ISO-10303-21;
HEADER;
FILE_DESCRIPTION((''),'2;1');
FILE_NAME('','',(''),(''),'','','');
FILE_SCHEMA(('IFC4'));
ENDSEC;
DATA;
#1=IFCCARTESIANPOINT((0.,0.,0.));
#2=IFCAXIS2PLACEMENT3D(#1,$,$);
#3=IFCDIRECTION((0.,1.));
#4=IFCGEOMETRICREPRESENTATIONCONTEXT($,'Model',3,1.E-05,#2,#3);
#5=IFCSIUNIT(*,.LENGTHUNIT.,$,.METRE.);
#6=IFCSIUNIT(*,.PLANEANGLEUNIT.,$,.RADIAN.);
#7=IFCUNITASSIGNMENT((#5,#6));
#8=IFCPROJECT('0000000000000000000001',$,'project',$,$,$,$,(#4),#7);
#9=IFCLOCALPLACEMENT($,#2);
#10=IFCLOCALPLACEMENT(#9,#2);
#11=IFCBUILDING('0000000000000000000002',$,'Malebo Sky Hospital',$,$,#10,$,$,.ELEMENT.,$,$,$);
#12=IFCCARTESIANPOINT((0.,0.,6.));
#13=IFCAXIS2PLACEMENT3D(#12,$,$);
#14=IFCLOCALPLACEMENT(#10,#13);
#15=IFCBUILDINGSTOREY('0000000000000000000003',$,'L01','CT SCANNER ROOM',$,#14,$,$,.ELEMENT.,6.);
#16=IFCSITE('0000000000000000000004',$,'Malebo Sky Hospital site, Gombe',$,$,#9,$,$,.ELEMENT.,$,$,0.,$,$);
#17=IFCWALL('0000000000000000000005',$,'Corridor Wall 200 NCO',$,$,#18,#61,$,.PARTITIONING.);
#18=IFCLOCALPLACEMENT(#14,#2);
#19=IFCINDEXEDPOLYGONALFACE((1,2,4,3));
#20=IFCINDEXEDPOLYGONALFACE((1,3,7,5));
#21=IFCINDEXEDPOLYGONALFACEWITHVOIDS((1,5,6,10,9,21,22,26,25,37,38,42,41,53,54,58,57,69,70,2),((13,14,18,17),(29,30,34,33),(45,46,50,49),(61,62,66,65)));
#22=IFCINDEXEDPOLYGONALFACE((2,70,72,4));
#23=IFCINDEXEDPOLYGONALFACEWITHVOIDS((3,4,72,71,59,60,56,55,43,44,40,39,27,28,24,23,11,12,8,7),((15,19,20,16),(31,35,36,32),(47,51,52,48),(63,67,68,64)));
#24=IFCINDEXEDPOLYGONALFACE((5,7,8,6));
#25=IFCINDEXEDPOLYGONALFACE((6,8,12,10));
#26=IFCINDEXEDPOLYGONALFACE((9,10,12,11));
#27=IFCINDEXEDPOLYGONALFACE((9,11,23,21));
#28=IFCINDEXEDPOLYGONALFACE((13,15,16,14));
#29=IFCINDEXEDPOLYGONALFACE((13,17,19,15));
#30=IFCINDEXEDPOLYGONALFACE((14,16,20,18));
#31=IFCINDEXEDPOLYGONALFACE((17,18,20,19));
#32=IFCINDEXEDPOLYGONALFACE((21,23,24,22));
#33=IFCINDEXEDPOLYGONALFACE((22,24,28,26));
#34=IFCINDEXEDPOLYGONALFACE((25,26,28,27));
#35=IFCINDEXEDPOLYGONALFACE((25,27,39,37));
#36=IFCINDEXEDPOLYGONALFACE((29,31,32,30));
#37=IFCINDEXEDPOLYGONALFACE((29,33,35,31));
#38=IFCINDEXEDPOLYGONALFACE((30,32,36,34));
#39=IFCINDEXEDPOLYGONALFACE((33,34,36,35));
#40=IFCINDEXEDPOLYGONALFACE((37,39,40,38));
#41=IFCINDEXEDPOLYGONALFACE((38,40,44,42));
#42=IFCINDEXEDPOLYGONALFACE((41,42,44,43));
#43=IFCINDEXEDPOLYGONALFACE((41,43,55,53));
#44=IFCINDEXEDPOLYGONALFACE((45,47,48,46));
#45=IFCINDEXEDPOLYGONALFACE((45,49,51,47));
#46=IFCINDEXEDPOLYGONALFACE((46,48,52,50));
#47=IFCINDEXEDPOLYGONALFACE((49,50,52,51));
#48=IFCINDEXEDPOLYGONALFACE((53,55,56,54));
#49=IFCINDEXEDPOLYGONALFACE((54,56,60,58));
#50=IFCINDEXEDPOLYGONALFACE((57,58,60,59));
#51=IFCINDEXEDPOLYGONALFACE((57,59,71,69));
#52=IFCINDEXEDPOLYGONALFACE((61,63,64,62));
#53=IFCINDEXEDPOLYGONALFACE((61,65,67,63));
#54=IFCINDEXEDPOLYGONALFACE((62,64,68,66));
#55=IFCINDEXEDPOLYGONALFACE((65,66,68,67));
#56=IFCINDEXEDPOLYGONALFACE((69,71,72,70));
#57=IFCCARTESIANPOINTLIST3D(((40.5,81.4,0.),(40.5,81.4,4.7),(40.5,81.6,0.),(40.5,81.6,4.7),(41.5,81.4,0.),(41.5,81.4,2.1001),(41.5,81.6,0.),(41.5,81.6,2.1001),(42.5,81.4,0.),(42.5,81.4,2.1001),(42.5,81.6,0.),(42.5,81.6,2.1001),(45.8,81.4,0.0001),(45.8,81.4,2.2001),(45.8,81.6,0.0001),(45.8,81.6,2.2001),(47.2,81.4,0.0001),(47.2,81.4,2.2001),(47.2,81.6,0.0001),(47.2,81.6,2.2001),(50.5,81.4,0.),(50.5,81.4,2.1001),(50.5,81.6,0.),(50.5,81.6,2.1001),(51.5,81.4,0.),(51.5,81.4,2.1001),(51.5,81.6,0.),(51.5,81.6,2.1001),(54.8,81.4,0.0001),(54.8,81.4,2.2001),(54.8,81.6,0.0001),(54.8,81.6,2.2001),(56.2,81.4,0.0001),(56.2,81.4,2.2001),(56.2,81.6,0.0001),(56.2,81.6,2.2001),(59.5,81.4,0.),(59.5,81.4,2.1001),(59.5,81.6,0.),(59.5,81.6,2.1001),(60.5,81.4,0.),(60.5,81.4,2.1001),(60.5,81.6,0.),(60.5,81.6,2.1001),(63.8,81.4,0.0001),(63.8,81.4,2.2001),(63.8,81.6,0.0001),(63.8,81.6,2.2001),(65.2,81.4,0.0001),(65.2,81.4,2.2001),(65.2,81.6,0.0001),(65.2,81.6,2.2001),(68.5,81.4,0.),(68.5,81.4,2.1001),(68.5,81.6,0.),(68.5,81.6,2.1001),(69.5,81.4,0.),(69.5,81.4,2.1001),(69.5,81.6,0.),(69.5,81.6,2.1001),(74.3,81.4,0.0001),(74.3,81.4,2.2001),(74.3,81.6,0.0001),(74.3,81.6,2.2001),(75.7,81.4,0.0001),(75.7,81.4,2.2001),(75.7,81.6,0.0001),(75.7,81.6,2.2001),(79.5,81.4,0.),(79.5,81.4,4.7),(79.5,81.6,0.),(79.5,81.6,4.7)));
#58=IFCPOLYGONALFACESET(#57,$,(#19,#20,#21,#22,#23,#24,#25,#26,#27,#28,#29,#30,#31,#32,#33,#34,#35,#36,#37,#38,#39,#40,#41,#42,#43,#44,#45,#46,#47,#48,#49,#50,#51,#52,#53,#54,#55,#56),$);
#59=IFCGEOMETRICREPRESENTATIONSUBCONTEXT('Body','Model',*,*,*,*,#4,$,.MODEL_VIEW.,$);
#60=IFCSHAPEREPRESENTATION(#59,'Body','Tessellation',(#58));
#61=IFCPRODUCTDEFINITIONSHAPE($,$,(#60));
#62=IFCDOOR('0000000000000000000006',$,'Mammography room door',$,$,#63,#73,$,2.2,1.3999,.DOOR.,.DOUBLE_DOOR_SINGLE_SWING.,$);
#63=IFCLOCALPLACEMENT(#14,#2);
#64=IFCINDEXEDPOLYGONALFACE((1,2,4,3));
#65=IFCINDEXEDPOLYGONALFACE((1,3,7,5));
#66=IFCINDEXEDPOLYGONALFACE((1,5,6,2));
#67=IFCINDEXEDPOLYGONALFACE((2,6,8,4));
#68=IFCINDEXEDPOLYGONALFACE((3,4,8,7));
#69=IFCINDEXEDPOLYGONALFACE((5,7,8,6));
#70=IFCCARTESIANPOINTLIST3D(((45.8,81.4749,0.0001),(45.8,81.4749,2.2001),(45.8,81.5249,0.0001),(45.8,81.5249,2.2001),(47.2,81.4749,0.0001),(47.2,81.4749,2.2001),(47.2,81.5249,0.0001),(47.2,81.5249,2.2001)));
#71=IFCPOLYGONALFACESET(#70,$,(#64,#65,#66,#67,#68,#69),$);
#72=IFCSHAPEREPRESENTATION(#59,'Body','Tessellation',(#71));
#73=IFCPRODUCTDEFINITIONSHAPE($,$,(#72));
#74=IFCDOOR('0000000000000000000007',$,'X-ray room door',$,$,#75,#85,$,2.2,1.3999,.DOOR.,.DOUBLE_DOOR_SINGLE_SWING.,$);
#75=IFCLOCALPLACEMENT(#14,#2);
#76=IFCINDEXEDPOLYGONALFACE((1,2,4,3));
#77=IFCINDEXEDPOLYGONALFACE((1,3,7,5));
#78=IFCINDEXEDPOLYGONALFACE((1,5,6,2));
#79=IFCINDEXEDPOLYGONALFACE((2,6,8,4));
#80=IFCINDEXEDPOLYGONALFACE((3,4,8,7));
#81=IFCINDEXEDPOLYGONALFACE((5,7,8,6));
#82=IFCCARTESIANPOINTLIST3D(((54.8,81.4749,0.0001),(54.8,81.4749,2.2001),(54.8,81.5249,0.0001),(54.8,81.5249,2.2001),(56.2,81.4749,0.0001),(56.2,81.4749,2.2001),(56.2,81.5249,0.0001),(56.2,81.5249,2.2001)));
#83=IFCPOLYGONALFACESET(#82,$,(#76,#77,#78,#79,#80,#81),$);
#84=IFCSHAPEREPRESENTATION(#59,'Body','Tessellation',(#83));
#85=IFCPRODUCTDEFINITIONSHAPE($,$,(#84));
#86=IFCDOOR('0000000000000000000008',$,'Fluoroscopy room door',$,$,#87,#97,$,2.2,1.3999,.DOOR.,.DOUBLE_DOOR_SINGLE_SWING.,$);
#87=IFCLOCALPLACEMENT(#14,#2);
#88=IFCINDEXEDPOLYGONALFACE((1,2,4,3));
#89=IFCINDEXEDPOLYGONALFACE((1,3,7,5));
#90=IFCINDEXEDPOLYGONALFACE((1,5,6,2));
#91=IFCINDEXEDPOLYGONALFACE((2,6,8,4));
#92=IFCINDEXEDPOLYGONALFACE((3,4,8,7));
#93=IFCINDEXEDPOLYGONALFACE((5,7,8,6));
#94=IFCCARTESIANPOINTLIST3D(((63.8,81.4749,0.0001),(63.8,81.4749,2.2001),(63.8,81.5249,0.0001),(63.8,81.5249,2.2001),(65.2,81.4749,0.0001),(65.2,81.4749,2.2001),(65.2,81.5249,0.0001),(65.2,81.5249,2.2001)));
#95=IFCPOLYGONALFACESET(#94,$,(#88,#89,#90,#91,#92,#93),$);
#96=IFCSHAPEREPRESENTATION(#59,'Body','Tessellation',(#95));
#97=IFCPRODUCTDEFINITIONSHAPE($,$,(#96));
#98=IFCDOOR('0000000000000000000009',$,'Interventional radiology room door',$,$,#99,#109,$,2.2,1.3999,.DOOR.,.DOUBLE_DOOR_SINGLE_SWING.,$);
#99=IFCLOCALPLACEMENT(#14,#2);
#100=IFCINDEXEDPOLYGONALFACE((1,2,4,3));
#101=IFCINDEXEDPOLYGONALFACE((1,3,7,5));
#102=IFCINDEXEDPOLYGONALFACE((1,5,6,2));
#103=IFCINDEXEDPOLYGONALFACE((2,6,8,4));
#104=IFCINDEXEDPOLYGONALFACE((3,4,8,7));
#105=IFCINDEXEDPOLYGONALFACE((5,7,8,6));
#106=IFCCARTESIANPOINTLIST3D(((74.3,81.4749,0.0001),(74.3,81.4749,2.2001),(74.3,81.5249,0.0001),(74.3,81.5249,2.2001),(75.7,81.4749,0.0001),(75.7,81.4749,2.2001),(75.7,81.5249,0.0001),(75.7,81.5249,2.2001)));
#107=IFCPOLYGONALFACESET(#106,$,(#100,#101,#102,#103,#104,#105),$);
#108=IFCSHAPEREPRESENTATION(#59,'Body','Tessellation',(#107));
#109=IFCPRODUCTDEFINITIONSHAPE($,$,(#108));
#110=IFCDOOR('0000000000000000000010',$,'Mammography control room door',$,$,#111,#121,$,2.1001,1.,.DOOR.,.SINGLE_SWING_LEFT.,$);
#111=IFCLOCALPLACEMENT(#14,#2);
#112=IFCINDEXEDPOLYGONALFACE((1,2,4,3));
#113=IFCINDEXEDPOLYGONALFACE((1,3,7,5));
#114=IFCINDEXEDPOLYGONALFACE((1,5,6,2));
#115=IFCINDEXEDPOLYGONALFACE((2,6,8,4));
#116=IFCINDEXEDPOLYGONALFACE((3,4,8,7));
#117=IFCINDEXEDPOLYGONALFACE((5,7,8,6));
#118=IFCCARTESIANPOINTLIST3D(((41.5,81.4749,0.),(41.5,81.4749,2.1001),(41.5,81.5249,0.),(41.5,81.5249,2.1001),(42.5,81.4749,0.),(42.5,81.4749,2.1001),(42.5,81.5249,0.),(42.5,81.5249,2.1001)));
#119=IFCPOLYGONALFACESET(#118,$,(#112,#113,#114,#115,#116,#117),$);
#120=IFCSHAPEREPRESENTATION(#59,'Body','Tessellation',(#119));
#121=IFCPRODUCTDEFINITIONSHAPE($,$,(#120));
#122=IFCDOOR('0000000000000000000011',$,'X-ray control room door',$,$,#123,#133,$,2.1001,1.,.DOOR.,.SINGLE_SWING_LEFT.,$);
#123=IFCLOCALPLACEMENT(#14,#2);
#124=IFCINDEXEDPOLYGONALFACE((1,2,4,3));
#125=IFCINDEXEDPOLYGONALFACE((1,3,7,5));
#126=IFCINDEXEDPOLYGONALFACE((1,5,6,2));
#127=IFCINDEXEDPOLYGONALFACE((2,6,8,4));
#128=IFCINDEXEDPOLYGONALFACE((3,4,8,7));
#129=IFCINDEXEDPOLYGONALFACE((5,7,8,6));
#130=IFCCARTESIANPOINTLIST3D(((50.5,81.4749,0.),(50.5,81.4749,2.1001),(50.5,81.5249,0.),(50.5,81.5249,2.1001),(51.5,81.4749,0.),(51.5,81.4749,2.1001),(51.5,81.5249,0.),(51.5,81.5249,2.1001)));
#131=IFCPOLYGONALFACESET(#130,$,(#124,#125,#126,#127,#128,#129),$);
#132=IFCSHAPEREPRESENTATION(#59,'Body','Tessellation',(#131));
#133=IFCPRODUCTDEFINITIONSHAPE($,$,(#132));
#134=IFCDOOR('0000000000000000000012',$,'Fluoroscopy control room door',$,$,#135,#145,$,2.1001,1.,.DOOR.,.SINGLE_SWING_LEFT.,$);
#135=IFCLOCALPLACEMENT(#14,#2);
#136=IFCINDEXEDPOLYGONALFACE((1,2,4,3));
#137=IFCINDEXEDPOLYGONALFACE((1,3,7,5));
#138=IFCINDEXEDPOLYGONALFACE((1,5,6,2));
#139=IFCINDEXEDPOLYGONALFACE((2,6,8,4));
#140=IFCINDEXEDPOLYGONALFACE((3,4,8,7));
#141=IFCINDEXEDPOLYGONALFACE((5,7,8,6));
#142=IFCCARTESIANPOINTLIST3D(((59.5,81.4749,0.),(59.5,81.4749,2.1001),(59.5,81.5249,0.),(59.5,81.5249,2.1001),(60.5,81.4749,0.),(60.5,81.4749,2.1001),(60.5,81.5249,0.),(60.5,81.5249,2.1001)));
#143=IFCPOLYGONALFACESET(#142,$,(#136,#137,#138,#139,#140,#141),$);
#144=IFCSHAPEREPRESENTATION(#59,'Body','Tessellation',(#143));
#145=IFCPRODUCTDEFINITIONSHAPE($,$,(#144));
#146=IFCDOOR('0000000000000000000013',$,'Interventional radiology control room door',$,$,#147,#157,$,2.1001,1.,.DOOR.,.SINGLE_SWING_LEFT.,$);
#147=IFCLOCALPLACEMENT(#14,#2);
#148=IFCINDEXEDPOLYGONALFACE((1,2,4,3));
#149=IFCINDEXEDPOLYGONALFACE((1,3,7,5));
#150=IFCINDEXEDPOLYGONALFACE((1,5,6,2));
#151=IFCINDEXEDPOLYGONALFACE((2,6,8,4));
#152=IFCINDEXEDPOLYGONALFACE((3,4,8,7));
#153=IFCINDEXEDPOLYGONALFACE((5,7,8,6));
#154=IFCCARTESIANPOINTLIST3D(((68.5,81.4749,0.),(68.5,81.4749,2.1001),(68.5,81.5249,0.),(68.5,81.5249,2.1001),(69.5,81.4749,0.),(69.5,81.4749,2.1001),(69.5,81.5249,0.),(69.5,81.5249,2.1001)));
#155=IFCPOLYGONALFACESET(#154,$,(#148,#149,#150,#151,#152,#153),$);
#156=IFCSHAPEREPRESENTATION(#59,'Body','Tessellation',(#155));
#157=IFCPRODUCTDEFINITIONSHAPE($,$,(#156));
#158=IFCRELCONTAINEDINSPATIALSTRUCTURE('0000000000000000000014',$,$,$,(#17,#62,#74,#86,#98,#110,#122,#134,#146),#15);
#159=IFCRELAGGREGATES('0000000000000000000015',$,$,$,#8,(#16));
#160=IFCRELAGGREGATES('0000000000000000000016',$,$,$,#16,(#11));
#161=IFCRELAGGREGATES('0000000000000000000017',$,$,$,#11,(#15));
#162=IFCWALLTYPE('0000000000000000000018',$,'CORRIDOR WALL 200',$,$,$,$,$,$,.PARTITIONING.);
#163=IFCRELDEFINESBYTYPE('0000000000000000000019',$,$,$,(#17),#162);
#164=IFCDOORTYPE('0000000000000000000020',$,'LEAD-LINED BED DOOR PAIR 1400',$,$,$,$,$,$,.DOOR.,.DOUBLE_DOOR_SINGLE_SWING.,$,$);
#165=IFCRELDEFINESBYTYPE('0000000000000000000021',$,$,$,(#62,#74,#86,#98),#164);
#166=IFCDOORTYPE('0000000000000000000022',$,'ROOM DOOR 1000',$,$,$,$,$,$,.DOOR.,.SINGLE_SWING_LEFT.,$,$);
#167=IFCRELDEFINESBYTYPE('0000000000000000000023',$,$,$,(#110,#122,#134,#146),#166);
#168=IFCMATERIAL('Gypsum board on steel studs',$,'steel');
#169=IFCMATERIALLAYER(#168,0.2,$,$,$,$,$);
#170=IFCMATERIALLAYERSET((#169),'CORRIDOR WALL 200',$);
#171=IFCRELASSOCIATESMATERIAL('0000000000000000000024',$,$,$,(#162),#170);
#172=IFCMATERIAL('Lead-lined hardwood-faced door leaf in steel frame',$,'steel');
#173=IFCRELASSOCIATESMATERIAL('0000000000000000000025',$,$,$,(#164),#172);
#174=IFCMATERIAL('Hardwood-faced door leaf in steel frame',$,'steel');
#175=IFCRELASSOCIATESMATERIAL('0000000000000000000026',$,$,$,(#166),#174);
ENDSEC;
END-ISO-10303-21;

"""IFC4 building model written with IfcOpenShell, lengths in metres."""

from ifc_helpers import new_model, si_unit, direction, frame, frame_2d, origin, place, context, subcontext, project, spatial, rectangle, extrude, material, layer, layer_set, type_object, element, fill, save


model = new_model("IFC4")

# Units and contexts
model_context = context("Model", 3, precision=1e-05, world=origin(), true_north=direction((0.0, 1.0)))
body_context = subcontext(model_context, "Body", "Model", "MODEL_VIEW")
ifc_project = project(units=[si_unit("LENGTHUNIT", "METRE"), si_unit("PLANEANGLEUNIT", "RADIAN")], contexts=[model_context])

# Site, building, storey
site_placement = place(None, origin())
site = spatial("IfcSite", under=ifc_project, at=site_placement, Name="Malebo Sky Hospital site, Gombe", CompositionType="ELEMENT", RefElevation=0.0)
building_placement = place(site_placement, origin())
building = spatial("IfcBuilding", under=site, at=building_placement, Name="Malebo Sky Hospital", CompositionType="ELEMENT")
storey_placement = place(building_placement, frame((0.0, 0.0, 6.0)))
storey = spatial("IfcBuildingStorey", under=building, at=storey_placement, Name="L01", Description="CT SCANNER ROOM", CompositionType="ELEMENT", Elevation=6.0)

# Wall, openings, doors
ifc_material_1 = material(Name="Gypsum board on steel studs", Category="steel")
ifc_layer_1 = layer(ifc_material_1, 0.2)
ifc_layer_set_1 = layer_set([ifc_layer_1], Name="CORRIDOR WALL 200")
wall_type_1 = type_object("IfcWallType", Name="CORRIDOR WALL 200", PredefinedType="PARTITIONING", material=ifc_layer_set_1)
wall_1_placement = place(storey_placement, frame((40.5, 81.5, 0.0), z_axis=(0.0, 0.0, 1.0), x_axis=(1.0, 0.0, 0.0)))
wall_1 = element("IfcWall", 1, at=wall_1_placement, inside=storey, type_object=wall_type_1, Name="Corridor Wall 200 NCO", PredefinedType="PARTITIONING", context=body_context, shape_type="SweptSolid", body=[
    extrude(rectangle(XDim=39.0, YDim=0.2, at=frame_2d((19.5, 0.0))), origin(), (0.0, 0.0, 1.0), 4.7),
])
opening_1_placement = place(wall_1_placement, frame((1.0, 0.0, 0.0)))
opening_1 = element("IfcOpeningElement", 2, at=opening_1_placement, cuts=wall_1, PredefinedType="OPENING", context=body_context, shape_type="SweptSolid", body=[
    extrude(rectangle(XDim=1.0, YDim=2.1001, at=frame_2d((0.5, 1.05))), frame((0.0, 0.1099, 0.0), z_axis=(0.0, -1.0, 0.0), x_axis=(1.0, 0.0, 0.0)), (0.0, 0.0, 1.0), 0.22),
])
opening_2_placement = place(wall_1_placement, frame((5.3, 0.0, 0.0)))
opening_2 = element("IfcOpeningElement", 3, at=opening_2_placement, cuts=wall_1, PredefinedType="OPENING", context=body_context, shape_type="SweptSolid", body=[
    extrude(rectangle(XDim=1.3999, YDim=2.2, at=frame_2d((0.7, 1.1001))), frame((0.0, 0.1099, 0.0), z_axis=(0.0, -1.0, 0.0), x_axis=(1.0, 0.0, 0.0)), (0.0, 0.0, 1.0), 0.22),
])
opening_3_placement = place(wall_1_placement, frame((10.0, 0.0, 0.0)))
opening_3 = element("IfcOpeningElement", 4, at=opening_3_placement, cuts=wall_1, PredefinedType="OPENING", context=body_context, shape_type="SweptSolid", body=[
    extrude(rectangle(XDim=1.0, YDim=2.1001, at=frame_2d((0.5, 1.05))), frame((0.0, 0.1099, 0.0), z_axis=(0.0, -1.0, 0.0), x_axis=(1.0, 0.0, 0.0)), (0.0, 0.0, 1.0), 0.22),
])
opening_4_placement = place(wall_1_placement, frame((14.3, 0.0, 0.0)))
opening_4 = element("IfcOpeningElement", 5, at=opening_4_placement, cuts=wall_1, PredefinedType="OPENING", context=body_context, shape_type="SweptSolid", body=[
    extrude(rectangle(XDim=1.3999, YDim=2.2, at=frame_2d((0.7, 1.1001))), frame((0.0, 0.1099, 0.0), z_axis=(0.0, -1.0, 0.0), x_axis=(1.0, 0.0, 0.0)), (0.0, 0.0, 1.0), 0.22),
])
opening_5_placement = place(wall_1_placement, frame((19.0, 0.0, 0.0)))
opening_5 = element("IfcOpeningElement", 6, at=opening_5_placement, cuts=wall_1, PredefinedType="OPENING", context=body_context, shape_type="SweptSolid", body=[
    extrude(rectangle(XDim=1.0, YDim=2.1001, at=frame_2d((0.5, 1.05))), frame((0.0, 0.1099, 0.0), z_axis=(0.0, -1.0, 0.0), x_axis=(1.0, 0.0, 0.0)), (0.0, 0.0, 1.0), 0.22),
])
opening_6_placement = place(wall_1_placement, frame((23.3, 0.0, 0.0)))
opening_6 = element("IfcOpeningElement", 7, at=opening_6_placement, cuts=wall_1, PredefinedType="OPENING", context=body_context, shape_type="SweptSolid", body=[
    extrude(rectangle(XDim=1.3999, YDim=2.2, at=frame_2d((0.7, 1.1001))), frame((0.0, 0.1099, 0.0), z_axis=(0.0, -1.0, 0.0), x_axis=(1.0, 0.0, 0.0)), (0.0, 0.0, 1.0), 0.22),
])
opening_7_placement = place(wall_1_placement, frame((28.0, 0.0, 0.0)))
opening_7 = element("IfcOpeningElement", 8, at=opening_7_placement, cuts=wall_1, PredefinedType="OPENING", context=body_context, shape_type="SweptSolid", body=[
    extrude(rectangle(XDim=1.0, YDim=2.1001, at=frame_2d((0.5, 1.05))), frame((0.0, 0.1099, 0.0), z_axis=(0.0, -1.0, 0.0), x_axis=(1.0, 0.0, 0.0)), (0.0, 0.0, 1.0), 0.22),
])
opening_8_placement = place(wall_1_placement, frame((33.8, 0.0, 0.0)))
opening_8 = element("IfcOpeningElement", 9, at=opening_8_placement, cuts=wall_1, PredefinedType="OPENING", context=body_context, shape_type="SweptSolid", body=[
    extrude(rectangle(XDim=1.3999, YDim=2.2, at=frame_2d((0.7, 1.1001))), frame((0.0, 0.1099, 0.0), z_axis=(0.0, -1.0, 0.0), x_axis=(1.0, 0.0, 0.0)), (0.0, 0.0, 1.0), 0.22),
])
ifc_material_2 = material(Name="Lead-lined hardwood-faced door leaf in steel frame", Category="steel")
door_type_1 = type_object("IfcDoorType", Name="LEAD-LINED BED DOOR PAIR 1400", OperationType="DOUBLE_DOOR_SINGLE_SWING", PredefinedType="DOOR", material=ifc_material_2)
door_1_placement = place(opening_2_placement, origin())
door_1 = element("IfcDoor", 10, at=door_1_placement, inside=storey, type_object=door_type_1, Name="Mammography room door", OperationType="DOUBLE_DOOR_SINGLE_SWING", OverallHeight=2.2, OverallWidth=1.3999, PredefinedType="DOOR", context=body_context, shape_type="SweptSolid", body=[
    extrude(rectangle(XDim=1.3999, YDim=2.2, at=frame_2d((0.7, 1.1001))), frame((0.0, 0.0249, 0.0), z_axis=(0.0, -1.0, 0.0), x_axis=(1.0, 0.0, 0.0)), (0.0, 0.0, 1.0), 0.05),
])
fill(opening_2, door_1)
door_2_placement = place(opening_4_placement, origin())
door_2 = element("IfcDoor", 11, at=door_2_placement, inside=storey, type_object=door_type_1, Name="X-ray room door", OperationType="DOUBLE_DOOR_SINGLE_SWING", OverallHeight=2.2, OverallWidth=1.3999, PredefinedType="DOOR", context=body_context, shape_type="SweptSolid", body=[
    extrude(rectangle(XDim=1.3999, YDim=2.2, at=frame_2d((0.7, 1.1001))), frame((0.0, 0.0249, 0.0), z_axis=(0.0, -1.0, 0.0), x_axis=(1.0, 0.0, 0.0)), (0.0, 0.0, 1.0), 0.05),
])
fill(opening_4, door_2)
door_3_placement = place(opening_6_placement, origin())
door_3 = element("IfcDoor", 12, at=door_3_placement, inside=storey, type_object=door_type_1, Name="Fluoroscopy room door", OperationType="DOUBLE_DOOR_SINGLE_SWING", OverallHeight=2.2, OverallWidth=1.3999, PredefinedType="DOOR", context=body_context, shape_type="SweptSolid", body=[
    extrude(rectangle(XDim=1.3999, YDim=2.2, at=frame_2d((0.7, 1.1001))), frame((0.0, 0.0249, 0.0), z_axis=(0.0, -1.0, 0.0), x_axis=(1.0, 0.0, 0.0)), (0.0, 0.0, 1.0), 0.05),
])
fill(opening_6, door_3)
door_4_placement = place(opening_8_placement, origin())
door_4 = element("IfcDoor", 13, at=door_4_placement, inside=storey, type_object=door_type_1, Name="Interventional radiology room door", OperationType="DOUBLE_DOOR_SINGLE_SWING", OverallHeight=2.2, OverallWidth=1.3999, PredefinedType="DOOR", context=body_context, shape_type="SweptSolid", body=[
    extrude(rectangle(XDim=1.3999, YDim=2.2, at=frame_2d((0.7, 1.1001))), frame((0.0, 0.0249, 0.0), z_axis=(0.0, -1.0, 0.0), x_axis=(1.0, 0.0, 0.0)), (0.0, 0.0, 1.0), 0.05),
])
fill(opening_8, door_4)
ifc_material_3 = material(Name="Hardwood-faced door leaf in steel frame", Category="steel")
door_type_2 = type_object("IfcDoorType", Name="ROOM DOOR 1000", OperationType="SINGLE_SWING_LEFT", PredefinedType="DOOR", material=ifc_material_3)
door_5_placement = place(opening_1_placement, origin())
door_5 = element("IfcDoor", 14, at=door_5_placement, inside=storey, type_object=door_type_2, Name="Mammography control room door", OperationType="SINGLE_SWING_LEFT", OverallHeight=2.1001, OverallWidth=1.0, PredefinedType="DOOR", context=body_context, shape_type="SweptSolid", body=[
    extrude(rectangle(XDim=1.0, YDim=2.1001, at=frame_2d((0.5, 1.05))), frame((0.0, 0.0249, 0.0), z_axis=(0.0, -1.0, 0.0), x_axis=(1.0, 0.0, 0.0)), (0.0, 0.0, 1.0), 0.05),
])
fill(opening_1, door_5)
door_6_placement = place(opening_3_placement, origin())
door_6 = element("IfcDoor", 15, at=door_6_placement, inside=storey, type_object=door_type_2, Name="X-ray control room door", OperationType="SINGLE_SWING_LEFT", OverallHeight=2.1001, OverallWidth=1.0, PredefinedType="DOOR", context=body_context, shape_type="SweptSolid", body=[
    extrude(rectangle(XDim=1.0, YDim=2.1001, at=frame_2d((0.5, 1.05))), frame((0.0, 0.0249, 0.0), z_axis=(0.0, -1.0, 0.0), x_axis=(1.0, 0.0, 0.0)), (0.0, 0.0, 1.0), 0.05),
])
fill(opening_3, door_6)
door_7_placement = place(opening_5_placement, origin())
door_7 = element("IfcDoor", 16, at=door_7_placement, inside=storey, type_object=door_type_2, Name="Fluoroscopy control room door", OperationType="SINGLE_SWING_LEFT", OverallHeight=2.1001, OverallWidth=1.0, PredefinedType="DOOR", context=body_context, shape_type="SweptSolid", body=[
    extrude(rectangle(XDim=1.0, YDim=2.1001, at=frame_2d((0.5, 1.05))), frame((0.0, 0.0249, 0.0), z_axis=(0.0, -1.0, 0.0), x_axis=(1.0, 0.0, 0.0)), (0.0, 0.0, 1.0), 0.05),
])
fill(opening_5, door_7)
door_8_placement = place(opening_7_placement, origin())
door_8 = element("IfcDoor", 17, at=door_8_placement, inside=storey, type_object=door_type_2, Name="Interventional radiology control room door", OperationType="SINGLE_SWING_LEFT", OverallHeight=2.1001, OverallWidth=1.0, PredefinedType="DOOR", context=body_context, shape_type="SweptSolid", body=[
    extrude(rectangle(XDim=1.0, YDim=2.1001, at=frame_2d((0.5, 1.05))), frame((0.0, 0.0249, 0.0), z_axis=(0.0, -1.0, 0.0), x_axis=(1.0, 0.0, 0.0)), (0.0, 0.0, 1.0), 0.05),
])
fill(opening_7, door_8)

save(model, "model.ifc")
